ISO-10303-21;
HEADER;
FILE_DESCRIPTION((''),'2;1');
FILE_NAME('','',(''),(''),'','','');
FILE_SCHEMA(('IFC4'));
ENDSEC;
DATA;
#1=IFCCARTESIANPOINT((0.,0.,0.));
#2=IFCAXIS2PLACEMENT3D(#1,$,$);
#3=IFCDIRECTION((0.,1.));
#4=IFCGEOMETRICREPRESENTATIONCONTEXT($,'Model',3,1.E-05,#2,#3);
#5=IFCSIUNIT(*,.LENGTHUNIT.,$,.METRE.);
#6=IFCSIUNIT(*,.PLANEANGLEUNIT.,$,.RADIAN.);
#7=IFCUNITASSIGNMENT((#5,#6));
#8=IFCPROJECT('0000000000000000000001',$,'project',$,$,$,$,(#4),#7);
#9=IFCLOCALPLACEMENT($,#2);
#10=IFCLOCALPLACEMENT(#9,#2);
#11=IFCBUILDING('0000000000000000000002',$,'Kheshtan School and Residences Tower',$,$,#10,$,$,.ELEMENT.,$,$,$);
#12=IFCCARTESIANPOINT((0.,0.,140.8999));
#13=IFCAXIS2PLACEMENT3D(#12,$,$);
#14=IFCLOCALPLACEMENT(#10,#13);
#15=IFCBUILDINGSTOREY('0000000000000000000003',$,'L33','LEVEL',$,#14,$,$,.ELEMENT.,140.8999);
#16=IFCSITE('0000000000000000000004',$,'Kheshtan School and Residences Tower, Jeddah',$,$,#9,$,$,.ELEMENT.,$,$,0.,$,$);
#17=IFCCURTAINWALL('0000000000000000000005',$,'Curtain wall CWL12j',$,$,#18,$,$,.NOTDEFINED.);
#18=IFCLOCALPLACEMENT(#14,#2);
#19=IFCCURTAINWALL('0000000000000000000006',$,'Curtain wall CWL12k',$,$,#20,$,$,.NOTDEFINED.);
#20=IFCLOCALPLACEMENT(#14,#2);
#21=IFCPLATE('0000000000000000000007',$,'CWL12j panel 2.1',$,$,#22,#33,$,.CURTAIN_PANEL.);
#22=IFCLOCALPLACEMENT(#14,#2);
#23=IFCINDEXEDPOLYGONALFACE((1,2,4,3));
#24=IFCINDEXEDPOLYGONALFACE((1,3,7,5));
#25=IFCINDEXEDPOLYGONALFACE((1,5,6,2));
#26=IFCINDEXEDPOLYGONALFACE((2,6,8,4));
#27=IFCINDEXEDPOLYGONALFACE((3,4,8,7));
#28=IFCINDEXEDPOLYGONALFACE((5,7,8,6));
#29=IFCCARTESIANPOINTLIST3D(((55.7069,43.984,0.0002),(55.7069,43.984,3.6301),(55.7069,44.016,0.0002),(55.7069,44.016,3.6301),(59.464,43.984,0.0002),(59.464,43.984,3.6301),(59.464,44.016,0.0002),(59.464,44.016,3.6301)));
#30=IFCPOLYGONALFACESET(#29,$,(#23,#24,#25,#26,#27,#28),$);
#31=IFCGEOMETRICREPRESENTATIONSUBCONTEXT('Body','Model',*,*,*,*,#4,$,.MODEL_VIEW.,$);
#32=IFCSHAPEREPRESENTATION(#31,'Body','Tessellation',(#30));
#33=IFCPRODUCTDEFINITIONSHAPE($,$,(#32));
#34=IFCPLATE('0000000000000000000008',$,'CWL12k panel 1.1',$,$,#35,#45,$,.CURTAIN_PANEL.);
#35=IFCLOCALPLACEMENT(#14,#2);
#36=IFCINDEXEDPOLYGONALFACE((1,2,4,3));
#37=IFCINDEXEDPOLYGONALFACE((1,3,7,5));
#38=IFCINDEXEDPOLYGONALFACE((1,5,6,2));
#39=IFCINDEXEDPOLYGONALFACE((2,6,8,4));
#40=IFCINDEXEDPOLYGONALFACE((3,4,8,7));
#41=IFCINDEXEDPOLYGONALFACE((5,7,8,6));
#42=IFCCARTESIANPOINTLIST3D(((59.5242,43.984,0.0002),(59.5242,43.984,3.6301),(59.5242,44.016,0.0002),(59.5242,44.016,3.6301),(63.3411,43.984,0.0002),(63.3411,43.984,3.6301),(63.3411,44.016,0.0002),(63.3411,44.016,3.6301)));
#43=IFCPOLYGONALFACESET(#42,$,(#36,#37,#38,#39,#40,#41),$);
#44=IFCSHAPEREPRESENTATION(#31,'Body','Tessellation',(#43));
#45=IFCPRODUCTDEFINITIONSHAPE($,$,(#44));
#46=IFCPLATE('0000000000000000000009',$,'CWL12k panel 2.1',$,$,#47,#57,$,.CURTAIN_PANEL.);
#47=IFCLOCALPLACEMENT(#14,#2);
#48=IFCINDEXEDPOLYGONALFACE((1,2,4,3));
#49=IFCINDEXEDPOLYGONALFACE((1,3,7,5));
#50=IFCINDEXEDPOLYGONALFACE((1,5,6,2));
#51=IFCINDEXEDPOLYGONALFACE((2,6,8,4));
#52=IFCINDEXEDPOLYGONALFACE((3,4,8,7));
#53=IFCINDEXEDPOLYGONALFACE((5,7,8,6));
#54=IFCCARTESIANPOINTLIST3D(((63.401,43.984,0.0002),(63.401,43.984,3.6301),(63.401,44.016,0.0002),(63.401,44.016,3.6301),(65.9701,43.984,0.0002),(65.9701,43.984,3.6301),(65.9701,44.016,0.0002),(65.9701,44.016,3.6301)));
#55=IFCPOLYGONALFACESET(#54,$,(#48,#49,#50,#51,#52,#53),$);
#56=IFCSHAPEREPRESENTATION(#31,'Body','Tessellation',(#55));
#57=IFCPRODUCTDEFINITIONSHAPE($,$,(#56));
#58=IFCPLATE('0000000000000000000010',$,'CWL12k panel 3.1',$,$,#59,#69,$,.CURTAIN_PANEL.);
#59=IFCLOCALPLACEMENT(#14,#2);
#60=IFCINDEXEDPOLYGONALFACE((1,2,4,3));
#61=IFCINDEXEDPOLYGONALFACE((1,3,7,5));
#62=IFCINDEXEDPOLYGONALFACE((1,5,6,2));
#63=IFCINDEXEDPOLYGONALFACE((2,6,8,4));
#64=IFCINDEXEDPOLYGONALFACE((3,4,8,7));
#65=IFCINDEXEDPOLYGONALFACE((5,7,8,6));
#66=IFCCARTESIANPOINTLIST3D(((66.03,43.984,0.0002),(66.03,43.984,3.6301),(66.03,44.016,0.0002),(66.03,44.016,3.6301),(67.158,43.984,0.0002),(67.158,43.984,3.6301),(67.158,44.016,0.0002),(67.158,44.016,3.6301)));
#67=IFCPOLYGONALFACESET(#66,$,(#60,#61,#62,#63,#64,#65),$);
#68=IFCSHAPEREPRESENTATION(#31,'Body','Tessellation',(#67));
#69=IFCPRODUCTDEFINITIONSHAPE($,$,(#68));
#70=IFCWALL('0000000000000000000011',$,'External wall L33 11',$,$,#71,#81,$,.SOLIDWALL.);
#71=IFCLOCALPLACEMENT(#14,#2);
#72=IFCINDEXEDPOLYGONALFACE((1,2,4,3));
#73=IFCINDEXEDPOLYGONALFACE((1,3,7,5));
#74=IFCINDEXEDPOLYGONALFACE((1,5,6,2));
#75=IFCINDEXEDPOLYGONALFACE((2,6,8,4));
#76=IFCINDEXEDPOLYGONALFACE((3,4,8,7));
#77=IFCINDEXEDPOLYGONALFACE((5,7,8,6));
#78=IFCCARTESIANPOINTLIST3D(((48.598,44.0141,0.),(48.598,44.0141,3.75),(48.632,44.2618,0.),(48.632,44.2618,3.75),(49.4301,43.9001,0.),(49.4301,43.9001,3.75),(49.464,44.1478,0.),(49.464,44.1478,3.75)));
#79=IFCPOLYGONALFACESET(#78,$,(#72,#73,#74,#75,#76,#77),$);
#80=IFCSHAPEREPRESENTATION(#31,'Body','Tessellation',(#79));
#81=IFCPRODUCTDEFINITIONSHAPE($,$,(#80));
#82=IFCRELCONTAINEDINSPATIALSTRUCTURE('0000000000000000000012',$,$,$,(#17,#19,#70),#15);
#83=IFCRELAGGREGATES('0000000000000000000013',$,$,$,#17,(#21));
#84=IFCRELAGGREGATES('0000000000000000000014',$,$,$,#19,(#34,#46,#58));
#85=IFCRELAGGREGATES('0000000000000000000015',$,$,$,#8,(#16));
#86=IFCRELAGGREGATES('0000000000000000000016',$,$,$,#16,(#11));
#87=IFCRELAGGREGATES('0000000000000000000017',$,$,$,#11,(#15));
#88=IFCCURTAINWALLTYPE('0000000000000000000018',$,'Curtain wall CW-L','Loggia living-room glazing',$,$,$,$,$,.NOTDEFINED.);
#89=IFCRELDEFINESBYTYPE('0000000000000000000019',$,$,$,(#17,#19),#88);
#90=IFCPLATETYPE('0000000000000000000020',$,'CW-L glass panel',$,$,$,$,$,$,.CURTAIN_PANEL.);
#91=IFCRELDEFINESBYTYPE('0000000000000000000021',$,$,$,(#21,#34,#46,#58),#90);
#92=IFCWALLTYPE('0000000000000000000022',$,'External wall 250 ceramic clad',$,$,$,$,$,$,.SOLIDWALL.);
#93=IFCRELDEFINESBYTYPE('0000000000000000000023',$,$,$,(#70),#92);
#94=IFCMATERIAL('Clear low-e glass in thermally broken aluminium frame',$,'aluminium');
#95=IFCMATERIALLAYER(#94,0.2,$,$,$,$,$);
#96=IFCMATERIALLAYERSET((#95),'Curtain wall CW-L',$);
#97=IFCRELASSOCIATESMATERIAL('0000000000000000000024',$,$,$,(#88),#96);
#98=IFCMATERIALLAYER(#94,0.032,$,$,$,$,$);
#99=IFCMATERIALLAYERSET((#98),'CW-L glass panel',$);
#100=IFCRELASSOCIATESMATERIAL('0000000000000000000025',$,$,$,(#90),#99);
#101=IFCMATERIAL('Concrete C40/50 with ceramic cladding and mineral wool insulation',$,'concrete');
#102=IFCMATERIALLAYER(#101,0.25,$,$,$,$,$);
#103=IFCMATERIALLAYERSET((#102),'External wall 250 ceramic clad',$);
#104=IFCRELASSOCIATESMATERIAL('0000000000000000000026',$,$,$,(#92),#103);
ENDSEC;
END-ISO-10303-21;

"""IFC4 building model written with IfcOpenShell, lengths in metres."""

from ifc_helpers import new_model, si_unit, direction, frame, frame_2d, origin, origin_2d, place, context, subcontext, project, spatial, rectangle, extrude, material, layer, layer_set, type_object, element, aggregate, save


model = new_model("IFC4")

# Units and contexts
model_context = context("Model", 3, precision=1e-05, world=origin(), true_north=direction((0.0, 1.0)))
body_context = subcontext(model_context, "Body", "Model", "MODEL_VIEW")
ifc_project = project(units=[si_unit("LENGTHUNIT", "METRE"), si_unit("PLANEANGLEUNIT", "RADIAN")], contexts=[model_context])

# Site, building, storey
site_placement = place(None, origin())
site = spatial("IfcSite", under=ifc_project, at=site_placement, Name="Kheshtan School and Residences Tower, Jeddah", CompositionType="ELEMENT", RefElevation=0.0)
building_placement = place(site_placement, origin())
building = spatial("IfcBuilding", under=site, at=building_placement, Name="Kheshtan School and Residences Tower", CompositionType="ELEMENT")
storey_placement = place(building_placement, frame((0.0, 0.0, 140.8999)))
storey = spatial("IfcBuildingStorey", under=building, at=storey_placement, Name="L33", Description="LEVEL", CompositionType="ELEMENT", Elevation=140.8999)

# Curtain walls
ifc_material_1 = material(Name="Clear low-e glass in thermally broken aluminium frame", Category="aluminium")
ifc_layer_1 = layer(ifc_material_1, 0.2)
ifc_layer_set_1 = layer_set([ifc_layer_1], Name="Curtain wall CW-L")
curtain_wall_type = type_object("IfcCurtainWallType", Name="Curtain wall CW-L", Description="Loggia living-room glazing", PredefinedType="NOTDEFINED", material=ifc_layer_set_1)
curtain_wall_1_placement = place(storey_placement, origin())
curtain_wall_1 = element("IfcCurtainWall", 1, at=curtain_wall_1_placement, inside=storey, type_object=curtain_wall_type, Name="Curtain wall CWL12j", PredefinedType="NOTDEFINED")
curtain_wall_2_placement = place(storey_placement, origin())
curtain_wall_2 = element("IfcCurtainWall", 2, at=curtain_wall_2_placement, inside=storey, type_object=curtain_wall_type, Name="Curtain wall CWL12k", PredefinedType="NOTDEFINED")

# Plates
ifc_layer_2 = layer(ifc_material_1, 0.032)
ifc_layer_set_2 = layer_set([ifc_layer_2], Name="CW-L glass panel")
plate_type = type_object("IfcPlateType", Name="CW-L glass panel", PredefinedType="CURTAIN_PANEL", material=ifc_layer_set_2)
plate_1_placement = place(storey_placement, frame((57.5854, 44.0, 0.0002), z_axis=(0.0, 0.0, 1.0), x_axis=(1.0, 0.0, 0.0)))
plate_1 = element("IfcPlate", 3, at=plate_1_placement, type_object=plate_type, Name="CWL12j panel 2.1", PredefinedType="CURTAIN_PANEL", context=body_context, shape_type="SweptSolid", body=[
    extrude(rectangle(XDim=3.7571, YDim=0.032, at=origin_2d()), origin(), (0.0, 0.0, 1.0), 3.6299),
])
aggregate(curtain_wall_1, [plate_1])
plate_2_placement = place(storey_placement, frame((61.4326, 44.0, 0.0002), z_axis=(0.0, 0.0, 1.0), x_axis=(1.0, 0.0, 0.0)))
plate_2 = element("IfcPlate", 4, at=plate_2_placement, type_object=plate_type, Name="CWL12k panel 1.1", PredefinedType="CURTAIN_PANEL", context=body_context, shape_type="SweptSolid", body=[
    extrude(rectangle(XDim=3.8169, YDim=0.032, at=origin_2d()), origin(), (0.0, 0.0, 1.0), 3.6299),
])
plate_3_placement = place(storey_placement, frame((64.6855, 44.0, 0.0002), z_axis=(0.0, 0.0, 1.0), x_axis=(1.0, 0.0, 0.0)))
plate_3 = element("IfcPlate", 5, at=plate_3_placement, type_object=plate_type, Name="CWL12k panel 2.1", PredefinedType="CURTAIN_PANEL", context=body_context, shape_type="SweptSolid", body=[
    extrude(rectangle(XDim=2.5691, YDim=0.032, at=origin_2d()), origin(), (0.0, 0.0, 1.0), 3.6299),
])
plate_4_placement = place(storey_placement, frame((66.594, 44.0, 0.0002), z_axis=(0.0, 0.0, 1.0), x_axis=(1.0, 0.0, 0.0)))
plate_4 = element("IfcPlate", 6, at=plate_4_placement, type_object=plate_type, Name="CWL12k panel 3.1", PredefinedType="CURTAIN_PANEL", context=body_context, shape_type="SweptSolid", body=[
    extrude(rectangle(XDim=1.1279, YDim=0.032, at=origin_2d()), origin(), (0.0, 0.0, 1.0), 3.6299),
])
aggregate(curtain_wall_2, [plate_2, plate_3, plate_4])

# Wall
ifc_material_2 = material(Name="Concrete C40/50 with ceramic cladding and mineral wool insulation", Category="concrete")
ifc_layer_3 = layer(ifc_material_2, 0.25)
ifc_layer_set_3 = layer_set([ifc_layer_3], Name="External wall 250 ceramic clad")
wall_type = type_object("IfcWallType", Name="External wall 250 ceramic clad", PredefinedType="SOLIDWALL", material=ifc_layer_set_3)
wall_placement = place(storey_placement, frame((48.615, 44.1379, 0.0), z_axis=(0.0, 0.0, 1.0), x_axis=(0.990742, -0.135762, 0.0)))
element("IfcWall", 7, at=wall_placement, inside=storey, type_object=wall_type, Name="External wall L33 11", PredefinedType="SOLIDWALL", context=body_context, shape_type="SweptSolid", body=[
    extrude(rectangle(XDim=0.8398, YDim=0.25, at=frame_2d((0.4199, 0.0))), origin(), (0.0, 0.0, 1.0), 3.75),
])

save(model, "model.ifc")
